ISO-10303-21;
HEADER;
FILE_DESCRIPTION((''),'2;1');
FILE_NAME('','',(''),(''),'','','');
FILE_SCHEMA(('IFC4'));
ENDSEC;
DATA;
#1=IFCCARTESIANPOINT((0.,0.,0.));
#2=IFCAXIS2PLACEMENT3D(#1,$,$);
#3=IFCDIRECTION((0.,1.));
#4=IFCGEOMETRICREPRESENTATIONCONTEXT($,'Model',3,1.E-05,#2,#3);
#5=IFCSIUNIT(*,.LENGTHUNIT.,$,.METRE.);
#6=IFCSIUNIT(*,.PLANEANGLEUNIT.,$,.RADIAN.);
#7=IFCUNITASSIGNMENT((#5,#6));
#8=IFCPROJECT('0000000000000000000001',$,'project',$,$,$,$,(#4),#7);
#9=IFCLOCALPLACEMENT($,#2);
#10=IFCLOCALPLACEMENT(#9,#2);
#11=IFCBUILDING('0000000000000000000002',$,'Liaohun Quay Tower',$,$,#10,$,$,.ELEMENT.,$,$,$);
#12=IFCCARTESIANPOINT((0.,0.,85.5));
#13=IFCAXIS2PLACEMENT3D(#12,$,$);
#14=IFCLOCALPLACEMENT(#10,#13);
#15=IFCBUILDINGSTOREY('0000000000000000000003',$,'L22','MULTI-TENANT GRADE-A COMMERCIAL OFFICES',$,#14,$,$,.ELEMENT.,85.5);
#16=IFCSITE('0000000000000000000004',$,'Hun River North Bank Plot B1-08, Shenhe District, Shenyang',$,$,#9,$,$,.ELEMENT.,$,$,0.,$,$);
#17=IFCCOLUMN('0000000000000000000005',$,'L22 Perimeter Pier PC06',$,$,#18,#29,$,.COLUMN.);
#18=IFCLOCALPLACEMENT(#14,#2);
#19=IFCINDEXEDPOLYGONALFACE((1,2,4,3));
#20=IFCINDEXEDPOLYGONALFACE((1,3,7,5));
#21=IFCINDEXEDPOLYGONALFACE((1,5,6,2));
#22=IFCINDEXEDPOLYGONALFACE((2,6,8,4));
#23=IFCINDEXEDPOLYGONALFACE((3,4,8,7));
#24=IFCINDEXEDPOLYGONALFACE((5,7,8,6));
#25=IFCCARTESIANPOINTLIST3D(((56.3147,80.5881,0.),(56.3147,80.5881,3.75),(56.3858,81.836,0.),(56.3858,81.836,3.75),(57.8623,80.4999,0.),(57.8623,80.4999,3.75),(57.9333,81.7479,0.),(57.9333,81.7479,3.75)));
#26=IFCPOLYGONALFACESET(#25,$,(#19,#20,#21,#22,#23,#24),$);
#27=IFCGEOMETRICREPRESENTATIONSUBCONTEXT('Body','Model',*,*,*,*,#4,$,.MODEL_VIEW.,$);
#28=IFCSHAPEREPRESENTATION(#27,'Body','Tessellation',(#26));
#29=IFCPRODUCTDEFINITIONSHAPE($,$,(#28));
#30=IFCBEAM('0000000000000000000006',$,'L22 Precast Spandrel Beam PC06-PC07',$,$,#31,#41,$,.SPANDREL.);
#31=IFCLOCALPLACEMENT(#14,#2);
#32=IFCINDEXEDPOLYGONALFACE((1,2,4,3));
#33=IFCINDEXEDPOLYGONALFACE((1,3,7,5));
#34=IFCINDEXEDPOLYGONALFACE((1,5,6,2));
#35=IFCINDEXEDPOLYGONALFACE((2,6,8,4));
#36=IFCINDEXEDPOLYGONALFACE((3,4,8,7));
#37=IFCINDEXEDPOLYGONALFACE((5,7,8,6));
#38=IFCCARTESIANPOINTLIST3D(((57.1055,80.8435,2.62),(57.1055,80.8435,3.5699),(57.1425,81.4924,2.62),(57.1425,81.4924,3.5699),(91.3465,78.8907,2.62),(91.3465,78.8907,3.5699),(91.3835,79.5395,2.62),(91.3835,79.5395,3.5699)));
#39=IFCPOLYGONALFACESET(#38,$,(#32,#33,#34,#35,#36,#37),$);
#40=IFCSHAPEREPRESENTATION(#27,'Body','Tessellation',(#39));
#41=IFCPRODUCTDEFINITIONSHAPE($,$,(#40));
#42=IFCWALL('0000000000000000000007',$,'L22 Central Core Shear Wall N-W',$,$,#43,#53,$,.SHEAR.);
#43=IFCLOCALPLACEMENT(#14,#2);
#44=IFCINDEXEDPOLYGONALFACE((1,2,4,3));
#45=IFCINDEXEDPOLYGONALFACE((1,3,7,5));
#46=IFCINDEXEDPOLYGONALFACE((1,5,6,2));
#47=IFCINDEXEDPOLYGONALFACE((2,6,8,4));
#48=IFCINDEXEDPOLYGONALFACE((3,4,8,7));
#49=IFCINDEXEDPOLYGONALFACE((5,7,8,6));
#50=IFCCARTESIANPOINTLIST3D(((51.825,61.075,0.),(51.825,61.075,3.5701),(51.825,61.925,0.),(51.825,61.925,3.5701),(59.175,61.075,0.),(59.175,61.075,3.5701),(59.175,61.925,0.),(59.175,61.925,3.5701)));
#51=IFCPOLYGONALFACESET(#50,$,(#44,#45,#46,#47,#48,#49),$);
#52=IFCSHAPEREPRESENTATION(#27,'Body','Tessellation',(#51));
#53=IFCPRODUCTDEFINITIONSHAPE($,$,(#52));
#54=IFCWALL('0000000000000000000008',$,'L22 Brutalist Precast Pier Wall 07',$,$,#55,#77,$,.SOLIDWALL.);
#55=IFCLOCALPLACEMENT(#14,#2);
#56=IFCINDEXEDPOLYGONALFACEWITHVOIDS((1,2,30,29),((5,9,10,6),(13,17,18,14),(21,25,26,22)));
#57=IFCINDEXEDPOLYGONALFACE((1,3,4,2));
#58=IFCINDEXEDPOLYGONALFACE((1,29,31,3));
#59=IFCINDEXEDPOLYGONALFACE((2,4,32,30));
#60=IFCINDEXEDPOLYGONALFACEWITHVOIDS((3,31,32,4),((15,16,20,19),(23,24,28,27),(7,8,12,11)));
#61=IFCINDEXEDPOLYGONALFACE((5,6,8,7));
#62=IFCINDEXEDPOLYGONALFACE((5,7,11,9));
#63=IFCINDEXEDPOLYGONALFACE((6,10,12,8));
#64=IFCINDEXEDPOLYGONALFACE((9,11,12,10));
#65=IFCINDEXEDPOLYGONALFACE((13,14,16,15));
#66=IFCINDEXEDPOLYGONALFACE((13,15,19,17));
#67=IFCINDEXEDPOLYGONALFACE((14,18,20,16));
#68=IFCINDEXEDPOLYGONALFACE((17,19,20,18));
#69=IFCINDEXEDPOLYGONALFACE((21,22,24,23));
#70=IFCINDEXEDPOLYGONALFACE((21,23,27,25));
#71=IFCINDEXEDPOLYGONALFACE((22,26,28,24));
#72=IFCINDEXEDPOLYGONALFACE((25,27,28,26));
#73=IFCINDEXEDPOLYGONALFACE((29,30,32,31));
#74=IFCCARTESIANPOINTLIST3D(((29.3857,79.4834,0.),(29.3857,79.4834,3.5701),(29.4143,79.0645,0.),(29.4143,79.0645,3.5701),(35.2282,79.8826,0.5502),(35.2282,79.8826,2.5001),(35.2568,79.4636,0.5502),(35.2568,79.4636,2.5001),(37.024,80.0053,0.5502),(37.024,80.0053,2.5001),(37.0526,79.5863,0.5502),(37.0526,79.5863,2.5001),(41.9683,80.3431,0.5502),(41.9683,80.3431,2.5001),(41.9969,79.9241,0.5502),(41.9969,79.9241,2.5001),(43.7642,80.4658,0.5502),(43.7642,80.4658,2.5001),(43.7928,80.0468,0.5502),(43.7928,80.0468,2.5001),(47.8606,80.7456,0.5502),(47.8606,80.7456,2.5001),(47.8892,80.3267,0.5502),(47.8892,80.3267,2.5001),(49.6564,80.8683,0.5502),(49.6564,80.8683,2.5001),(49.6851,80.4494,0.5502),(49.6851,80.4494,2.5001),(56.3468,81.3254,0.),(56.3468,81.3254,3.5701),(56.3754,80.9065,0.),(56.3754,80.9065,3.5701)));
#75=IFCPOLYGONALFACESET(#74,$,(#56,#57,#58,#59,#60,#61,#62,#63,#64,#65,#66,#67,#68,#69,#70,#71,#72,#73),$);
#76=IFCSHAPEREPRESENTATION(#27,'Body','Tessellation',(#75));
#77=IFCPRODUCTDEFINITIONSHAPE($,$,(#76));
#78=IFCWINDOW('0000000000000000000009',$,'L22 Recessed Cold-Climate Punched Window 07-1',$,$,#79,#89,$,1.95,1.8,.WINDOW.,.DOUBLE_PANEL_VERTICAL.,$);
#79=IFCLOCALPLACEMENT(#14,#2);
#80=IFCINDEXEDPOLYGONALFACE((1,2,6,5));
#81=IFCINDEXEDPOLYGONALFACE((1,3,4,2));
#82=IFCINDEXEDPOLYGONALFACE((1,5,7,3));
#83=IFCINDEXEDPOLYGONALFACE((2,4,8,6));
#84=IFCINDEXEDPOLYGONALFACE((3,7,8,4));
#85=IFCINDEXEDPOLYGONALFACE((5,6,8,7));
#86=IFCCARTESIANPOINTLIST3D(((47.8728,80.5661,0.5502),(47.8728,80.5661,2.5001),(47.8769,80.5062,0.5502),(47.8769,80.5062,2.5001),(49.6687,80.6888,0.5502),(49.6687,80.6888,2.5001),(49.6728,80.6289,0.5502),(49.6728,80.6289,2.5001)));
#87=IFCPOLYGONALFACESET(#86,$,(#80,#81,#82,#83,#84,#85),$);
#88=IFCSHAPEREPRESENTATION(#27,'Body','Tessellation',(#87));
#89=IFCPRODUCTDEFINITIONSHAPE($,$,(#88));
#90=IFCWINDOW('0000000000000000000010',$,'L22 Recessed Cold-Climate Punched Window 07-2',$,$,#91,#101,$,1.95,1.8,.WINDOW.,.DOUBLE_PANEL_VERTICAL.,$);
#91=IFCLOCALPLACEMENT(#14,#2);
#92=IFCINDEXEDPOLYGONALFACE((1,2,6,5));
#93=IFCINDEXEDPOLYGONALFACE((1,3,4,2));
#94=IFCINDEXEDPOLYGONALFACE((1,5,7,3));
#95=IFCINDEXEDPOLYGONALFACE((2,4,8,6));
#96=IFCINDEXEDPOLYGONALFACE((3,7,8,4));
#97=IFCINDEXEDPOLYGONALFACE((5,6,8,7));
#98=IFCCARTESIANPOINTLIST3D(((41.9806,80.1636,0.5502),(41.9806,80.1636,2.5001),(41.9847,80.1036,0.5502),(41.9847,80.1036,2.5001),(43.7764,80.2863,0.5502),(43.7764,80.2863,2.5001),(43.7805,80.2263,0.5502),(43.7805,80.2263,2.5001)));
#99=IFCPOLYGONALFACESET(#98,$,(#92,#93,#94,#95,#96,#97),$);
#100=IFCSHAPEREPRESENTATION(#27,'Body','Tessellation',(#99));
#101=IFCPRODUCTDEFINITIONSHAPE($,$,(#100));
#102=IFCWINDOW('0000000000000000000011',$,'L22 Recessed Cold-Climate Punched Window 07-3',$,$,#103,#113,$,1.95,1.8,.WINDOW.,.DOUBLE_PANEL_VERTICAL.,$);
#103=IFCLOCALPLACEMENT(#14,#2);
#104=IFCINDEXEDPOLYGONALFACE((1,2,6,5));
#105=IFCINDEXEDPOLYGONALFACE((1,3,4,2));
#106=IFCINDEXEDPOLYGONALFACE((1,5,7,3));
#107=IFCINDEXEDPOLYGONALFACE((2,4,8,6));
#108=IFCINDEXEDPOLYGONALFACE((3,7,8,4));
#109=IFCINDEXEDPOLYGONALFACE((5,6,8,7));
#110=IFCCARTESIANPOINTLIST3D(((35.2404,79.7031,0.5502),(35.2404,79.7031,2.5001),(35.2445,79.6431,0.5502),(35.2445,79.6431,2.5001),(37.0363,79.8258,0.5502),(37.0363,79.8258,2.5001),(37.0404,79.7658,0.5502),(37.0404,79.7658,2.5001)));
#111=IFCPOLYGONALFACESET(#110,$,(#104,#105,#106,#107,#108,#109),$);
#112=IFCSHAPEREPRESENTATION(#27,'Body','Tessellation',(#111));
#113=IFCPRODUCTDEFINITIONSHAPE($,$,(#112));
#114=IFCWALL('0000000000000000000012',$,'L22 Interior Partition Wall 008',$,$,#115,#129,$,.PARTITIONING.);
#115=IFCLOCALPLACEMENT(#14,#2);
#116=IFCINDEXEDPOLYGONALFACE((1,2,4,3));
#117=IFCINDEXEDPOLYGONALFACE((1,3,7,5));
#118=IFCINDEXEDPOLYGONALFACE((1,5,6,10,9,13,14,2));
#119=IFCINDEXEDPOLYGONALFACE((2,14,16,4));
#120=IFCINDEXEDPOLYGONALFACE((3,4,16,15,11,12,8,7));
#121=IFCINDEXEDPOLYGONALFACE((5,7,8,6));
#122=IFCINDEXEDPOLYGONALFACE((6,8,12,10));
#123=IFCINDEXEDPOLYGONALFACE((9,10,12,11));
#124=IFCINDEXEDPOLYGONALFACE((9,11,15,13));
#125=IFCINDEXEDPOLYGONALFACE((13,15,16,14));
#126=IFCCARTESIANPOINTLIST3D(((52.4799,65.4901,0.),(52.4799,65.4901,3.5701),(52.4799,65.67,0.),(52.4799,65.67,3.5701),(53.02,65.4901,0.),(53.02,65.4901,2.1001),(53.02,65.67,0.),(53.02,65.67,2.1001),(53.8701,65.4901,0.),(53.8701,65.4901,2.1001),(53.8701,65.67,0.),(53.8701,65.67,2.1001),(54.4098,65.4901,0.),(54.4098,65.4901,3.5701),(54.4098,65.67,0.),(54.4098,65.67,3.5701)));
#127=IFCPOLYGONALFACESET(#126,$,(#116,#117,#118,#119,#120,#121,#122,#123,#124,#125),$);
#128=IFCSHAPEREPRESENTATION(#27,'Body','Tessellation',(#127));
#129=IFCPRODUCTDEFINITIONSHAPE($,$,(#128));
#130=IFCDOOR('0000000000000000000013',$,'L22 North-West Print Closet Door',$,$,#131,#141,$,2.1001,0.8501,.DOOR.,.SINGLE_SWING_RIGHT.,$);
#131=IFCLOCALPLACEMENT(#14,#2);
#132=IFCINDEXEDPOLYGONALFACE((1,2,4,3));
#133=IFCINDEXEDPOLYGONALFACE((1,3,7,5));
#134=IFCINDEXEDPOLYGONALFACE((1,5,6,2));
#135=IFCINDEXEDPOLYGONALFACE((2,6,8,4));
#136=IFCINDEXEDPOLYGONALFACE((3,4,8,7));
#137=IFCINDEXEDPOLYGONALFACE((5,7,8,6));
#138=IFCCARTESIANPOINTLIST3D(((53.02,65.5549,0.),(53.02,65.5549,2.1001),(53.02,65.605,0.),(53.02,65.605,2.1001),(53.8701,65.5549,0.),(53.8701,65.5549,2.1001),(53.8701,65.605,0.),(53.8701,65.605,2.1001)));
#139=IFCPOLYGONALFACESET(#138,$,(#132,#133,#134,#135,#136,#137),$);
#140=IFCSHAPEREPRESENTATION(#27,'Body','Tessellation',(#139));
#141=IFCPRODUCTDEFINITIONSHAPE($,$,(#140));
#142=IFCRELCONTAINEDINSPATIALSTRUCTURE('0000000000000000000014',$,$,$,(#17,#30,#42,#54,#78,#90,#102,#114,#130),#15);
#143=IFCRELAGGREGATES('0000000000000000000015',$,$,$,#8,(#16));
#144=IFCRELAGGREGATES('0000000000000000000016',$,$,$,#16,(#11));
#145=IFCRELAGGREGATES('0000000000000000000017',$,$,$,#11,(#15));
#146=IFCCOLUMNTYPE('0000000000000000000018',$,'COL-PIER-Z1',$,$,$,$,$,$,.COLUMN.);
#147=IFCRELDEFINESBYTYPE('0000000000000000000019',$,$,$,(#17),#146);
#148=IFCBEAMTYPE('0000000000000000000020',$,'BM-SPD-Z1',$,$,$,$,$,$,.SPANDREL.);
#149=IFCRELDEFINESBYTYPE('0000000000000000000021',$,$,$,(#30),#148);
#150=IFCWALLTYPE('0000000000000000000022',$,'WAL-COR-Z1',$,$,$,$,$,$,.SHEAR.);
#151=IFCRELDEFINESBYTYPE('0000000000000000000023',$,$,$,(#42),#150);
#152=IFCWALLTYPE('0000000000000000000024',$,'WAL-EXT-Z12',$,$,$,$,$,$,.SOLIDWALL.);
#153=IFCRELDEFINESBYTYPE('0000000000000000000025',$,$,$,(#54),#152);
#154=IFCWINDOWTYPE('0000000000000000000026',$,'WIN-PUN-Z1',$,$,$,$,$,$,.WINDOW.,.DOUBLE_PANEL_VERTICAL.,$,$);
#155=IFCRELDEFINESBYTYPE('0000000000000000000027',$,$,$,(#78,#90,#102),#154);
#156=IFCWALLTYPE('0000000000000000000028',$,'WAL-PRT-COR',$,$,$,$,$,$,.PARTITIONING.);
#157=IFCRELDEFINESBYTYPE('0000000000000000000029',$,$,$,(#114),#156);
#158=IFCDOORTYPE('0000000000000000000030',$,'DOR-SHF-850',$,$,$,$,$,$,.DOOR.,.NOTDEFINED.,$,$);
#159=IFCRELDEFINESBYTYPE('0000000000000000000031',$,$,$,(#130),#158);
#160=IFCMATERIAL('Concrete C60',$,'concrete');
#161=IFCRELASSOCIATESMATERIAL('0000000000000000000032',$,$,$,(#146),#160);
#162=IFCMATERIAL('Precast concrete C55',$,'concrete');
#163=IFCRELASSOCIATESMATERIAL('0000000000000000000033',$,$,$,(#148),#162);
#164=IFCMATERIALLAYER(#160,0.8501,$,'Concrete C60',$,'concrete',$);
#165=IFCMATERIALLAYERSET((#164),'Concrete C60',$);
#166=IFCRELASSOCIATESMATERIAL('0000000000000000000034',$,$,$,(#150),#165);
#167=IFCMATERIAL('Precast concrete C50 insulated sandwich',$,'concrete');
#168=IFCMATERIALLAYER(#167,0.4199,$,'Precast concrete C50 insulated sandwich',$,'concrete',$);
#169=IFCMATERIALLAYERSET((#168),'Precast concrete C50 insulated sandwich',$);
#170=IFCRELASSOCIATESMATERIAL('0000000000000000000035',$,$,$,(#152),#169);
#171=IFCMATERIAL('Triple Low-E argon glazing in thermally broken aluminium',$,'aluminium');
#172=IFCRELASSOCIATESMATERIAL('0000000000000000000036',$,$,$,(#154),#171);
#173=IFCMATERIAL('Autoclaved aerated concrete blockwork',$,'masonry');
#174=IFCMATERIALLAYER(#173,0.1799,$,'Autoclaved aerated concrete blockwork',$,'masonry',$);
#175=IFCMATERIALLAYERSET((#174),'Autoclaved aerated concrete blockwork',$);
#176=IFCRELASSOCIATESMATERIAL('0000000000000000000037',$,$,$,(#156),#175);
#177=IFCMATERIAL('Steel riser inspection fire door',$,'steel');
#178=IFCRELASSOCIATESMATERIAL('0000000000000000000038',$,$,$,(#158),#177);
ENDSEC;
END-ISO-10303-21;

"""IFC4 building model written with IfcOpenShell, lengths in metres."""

from ifc_helpers import new_model, si_unit, direction, frame, frame_2d, origin, origin_2d, place, context, subcontext, project, spatial, rectangle, extrude, source, transform, mapped, material, layer, layer_set, material_profile, profile_set, type_object, element, fill, save


model = new_model("IFC4")

# Units and contexts
model_context = context("Model", 3, precision=1e-05, world=origin(), true_north=direction((0.0, 1.0)))
body_context = subcontext(model_context, "Body", "Model", "MODEL_VIEW")
ifc_project = project(units=[si_unit("LENGTHUNIT", "METRE"), si_unit("PLANEANGLEUNIT", "RADIAN")], contexts=[model_context])

# Site, building, storey
site_placement = place(None, origin())
site = spatial("IfcSite", under=ifc_project, at=site_placement, Name="Hun River North Bank Plot B1-08, Shenhe District, Shenyang", CompositionType="ELEMENT", RefElevation=0.0)
building_placement = place(site_placement, origin())
building = spatial("IfcBuilding", under=site, at=building_placement, Name="Liaohun Quay Tower", CompositionType="ELEMENT")
storey_placement = place(building_placement, frame((0.0, 0.0, 85.5)))
storey = spatial("IfcBuildingStorey", under=building, at=storey_placement, Name="L22", Description="MULTI-TENANT GRADE-A COMMERCIAL OFFICES", CompositionType="ELEMENT", Elevation=85.5)

# Column
ifc_material_1 = material(Name="Concrete C60", Category="concrete")
ifc_material_profile_1 = material_profile(ifc_material_1, rectangle(XDim=1.55, YDim=1.25, at=origin_2d()), Name="RC1550x1250")
ifc_profile_set_1 = profile_set([ifc_material_profile_1], Name="Concrete C60")
column_type = type_object("IfcColumnType", Name="COL-PIER-Z1", PredefinedType="COLUMN", material=ifc_profile_set_1)
shared_shape_1 = source(origin(), body_context, "Body", "SweptSolid", [
    extrude(rectangle(XDim=1.55, YDim=1.25, at=origin_2d()), origin(), (0.0, 0.0, 1.0), 3.75),
])
column_placement = place(storey_placement, frame((57.124, 81.168, 0.0), z_axis=(0.0, 0.0, 1.0), x_axis=(-0.998382, 0.056867, 0.0)))
element("IfcColumn", 1, at=column_placement, inside=storey, type_object=column_type, Name="L22 Perimeter Pier PC06", PredefinedType="COLUMN", context=body_context, shape_type="MappedRepresentation", body=[
    mapped(shared_shape_1, transform((0.0, 0.0, 0.0), x_axis=(1.0, 0.0, 0.0), y_axis=(0.0, 1.0, 0.0), z_axis=(0.0, 0.0, 1.0), scale=1.0)),
])

# Beam
ifc_material_2 = material(Name="Precast concrete C55", Category="concrete")
ifc_material_profile_2 = material_profile(ifc_material_2, rectangle(XDim=0.6499, YDim=0.95, at=origin_2d()), Name="RC650x950")
ifc_profile_set_2 = profile_set([ifc_material_profile_2], Name="Precast concrete C55")
beam_type = type_object("IfcBeamType", Name="BM-SPD-Z1", PredefinedType="SPANDREL", material=ifc_profile_set_2)
shared_shape_2 = source(origin(), body_context, "Body", "SweptSolid", [
    extrude(rectangle(XDim=0.6499, YDim=0.95, at=origin_2d()), origin(), (0.0, 0.0, 1.0), 34.2966),
])
beam_placement = place(storey_placement, frame((57.124, 81.168, 3.095), z_axis=(0.998378, -0.056941, 0.0), x_axis=(0.056941, 0.998378, 0.0)))
element("IfcBeam", 2, at=beam_placement, inside=storey, type_object=beam_type, Name="L22 Precast Spandrel Beam PC06-PC07", PredefinedType="SPANDREL", context=body_context, shape_type="MappedRepresentation", body=[
    mapped(shared_shape_2, transform((0.0, 0.0, 0.0), x_axis=(1.0, 0.0, 0.0), y_axis=(0.0, 1.0, 0.0), z_axis=(0.0, 0.0, 1.0), scale=1.0)),
])

# Wall
ifc_layer_1 = layer(ifc_material_1, 0.8501, Name="Concrete C60", Category="concrete")
ifc_layer_set_1 = layer_set([ifc_layer_1], Name="Concrete C60")
wall_type_1 = type_object("IfcWallType", Name="WAL-COR-Z1", PredefinedType="SHEAR", material=ifc_layer_set_1)
wall_1_placement = place(storey_placement, frame((51.825, 61.5, 0.0), z_axis=(0.0, 0.0, 1.0), x_axis=(1.0, 0.0, 0.0)))
element("IfcWall", 3, at=wall_1_placement, inside=storey, type_object=wall_type_1, Name="L22 Central Core Shear Wall N-W", PredefinedType="SHEAR", context=body_context, shape_type="SweptSolid", body=[
    extrude(rectangle(XDim=7.3501, YDim=0.8501, at=frame_2d((3.675, 0.0))), origin(), (0.0, 0.0, 1.0), 3.5701),
])

# Wall, openings, windows
ifc_material_3 = material(Name="Precast concrete C50 insulated sandwich", Category="concrete")
ifc_layer_2 = layer(ifc_material_3, 0.4199, Name="Precast concrete C50 insulated sandwich", Category="concrete")
ifc_layer_set_2 = layer_set([ifc_layer_2], Name="Precast concrete C50 insulated sandwich")
wall_type_2 = type_object("IfcWallType", Name="WAL-EXT-Z12", PredefinedType="SOLIDWALL", material=ifc_layer_set_2)
wall_2_placement = place(storey_placement, frame((56.3611, 81.116, 0.0), z_axis=(0.0, 0.0, 1.0), x_axis=(-0.997674, -0.068163, 0.0)))
wall_2 = element("IfcWall", 4, at=wall_2_placement, inside=storey, type_object=wall_type_2, Name="L22 Brutalist Precast Pier Wall 07", PredefinedType="SOLIDWALL", context=body_context, shape_type="SweptSolid", body=[
    extrude(rectangle(XDim=27.0239, YDim=0.4199, at=frame_2d((13.512, 0.0))), origin(), (0.0, 0.0, 1.0), 3.5701),
])
shared_shape_3 = source(origin(), body_context, "Body", "SweptSolid", [
    extrude(rectangle(XDim=1.8, YDim=1.95, at=frame_2d((0.8999, 0.9751))), frame((0.0, 0.22, 0.0), z_axis=(0.0, -1.0, 0.0), x_axis=(1.0, 0.0, 0.0)), (0.0, 0.0, 1.0), 0.4399),
])
opening_1_placement = place(wall_2_placement, frame((6.7061, 0.0, 0.55)))
opening_1 = element("IfcOpeningElement", 5, at=opening_1_placement, cuts=wall_2, PredefinedType="OPENING", context=body_context, shape_type="MappedRepresentation", body=[
    mapped(shared_shape_3, transform((0.0, 0.0, 0.0), x_axis=(1.0, 0.0, 0.0), y_axis=(0.0, 1.0, 0.0), z_axis=(0.0, 0.0, 1.0), scale=1.0)),
])
opening_2_placement = place(wall_2_placement, frame((12.6121, 0.0, 0.55)))
opening_2 = element("IfcOpeningElement", 6, at=opening_2_placement, cuts=wall_2, PredefinedType="OPENING", context=body_context, shape_type="MappedRepresentation", body=[
    mapped(shared_shape_3, transform((0.0, 0.0, 0.0), x_axis=(1.0, 0.0, 0.0), y_axis=(0.0, 1.0, 0.0), z_axis=(0.0, 0.0, 1.0), scale=1.0)),
])
opening_3_placement = place(wall_2_placement, frame((19.3679, 0.0, 0.55)))
opening_3 = element("IfcOpeningElement", 7, at=opening_3_placement, cuts=wall_2, PredefinedType="OPENING", context=body_context, shape_type="MappedRepresentation", body=[
    mapped(shared_shape_3, transform((0.0, 0.0, 0.0), x_axis=(1.0, 0.0, 0.0), y_axis=(0.0, 1.0, 0.0), z_axis=(0.0, 0.0, 1.0), scale=1.0)),
])
ifc_material_4 = material(Name="Triple Low-E argon glazing in thermally broken aluminium", Category="aluminium")
window_type = type_object("IfcWindowType", Name="WIN-PUN-Z1", PartitioningType="DOUBLE_PANEL_VERTICAL", PredefinedType="WINDOW", material=ifc_material_4)
shared_shape_4 = source(origin(), body_context, "Body", "SweptSolid", [
    extrude(rectangle(XDim=1.8, YDim=1.95, at=frame_2d((0.8999, 0.9751))), frame((0.0, 0.03, 0.0), z_axis=(0.0, -1.0, 0.0), x_axis=(1.0, 0.0, 0.0)), (0.0, 0.0, 1.0), 0.0601),
])
window_1_placement = place(opening_1_placement, origin())
window_1 = element("IfcWindow", 8, at=window_1_placement, inside=storey, type_object=window_type, Name="L22 Recessed Cold-Climate Punched Window 07-1", OverallHeight=1.95, OverallWidth=1.8, PartitioningType="DOUBLE_PANEL_VERTICAL", PredefinedType="WINDOW", context=body_context, shape_type="MappedRepresentation", body=[
    mapped(shared_shape_4, transform((0.0, 0.0, 0.0), x_axis=(1.0, 0.0, 0.0), y_axis=(0.0, 1.0, 0.0), z_axis=(0.0, 0.0, 1.0), scale=1.0)),
])
fill(opening_1, window_1)
window_2_placement = place(opening_2_placement, origin())
window_2 = element("IfcWindow", 9, at=window_2_placement, inside=storey, type_object=window_type, Name="L22 Recessed Cold-Climate Punched Window 07-2", OverallHeight=1.95, OverallWidth=1.8, PartitioningType="DOUBLE_PANEL_VERTICAL", PredefinedType="WINDOW", context=body_context, shape_type="MappedRepresentation", body=[
    mapped(shared_shape_4, transform((0.0, 0.0, 0.0), x_axis=(1.0, 0.0, 0.0), y_axis=(0.0, 1.0, 0.0), z_axis=(0.0, 0.0, 1.0), scale=1.0)),
])
fill(opening_2, window_2)
window_3_placement = place(opening_3_placement, origin())
window_3 = element("IfcWindow", 10, at=window_3_placement, inside=storey, type_object=window_type, Name="L22 Recessed Cold-Climate Punched Window 07-3", OverallHeight=1.95, OverallWidth=1.8, PartitioningType="DOUBLE_PANEL_VERTICAL", PredefinedType="WINDOW", context=body_context, shape_type="MappedRepresentation", body=[
    mapped(shared_shape_4, transform((0.0, 0.0, 0.0), x_axis=(1.0, 0.0, 0.0), y_axis=(0.0, 1.0, 0.0), z_axis=(0.0, 0.0, 1.0), scale=1.0)),
])
fill(opening_3, window_3)

# Wall, opening, door
ifc_material_5 = material(Name="Autoclaved aerated concrete blockwork", Category="masonry")
ifc_layer_3 = layer(ifc_material_5, 0.1799, Name="Autoclaved aerated concrete blockwork", Category="masonry")
ifc_layer_set_3 = layer_set([ifc_layer_3], Name="Autoclaved aerated concrete blockwork")
wall_type_3 = type_object("IfcWallType", Name="WAL-PRT-COR", PredefinedType="PARTITIONING", material=ifc_layer_set_3)
wall_3_placement = place(storey_placement, frame((52.48, 65.5801, 0.0), z_axis=(0.0, 0.0, 1.0), x_axis=(1.0, 0.0, 0.0)))
wall_3 = element("IfcWall", 11, at=wall_3_placement, inside=storey, type_object=wall_type_3, Name="L22 Interior Partition Wall 008", PredefinedType="PARTITIONING", context=body_context, shape_type="SweptSolid", body=[
    extrude(rectangle(XDim=1.9299, YDim=0.1799, at=frame_2d((0.9648, 0.0))), origin(), (0.0, 0.0, 1.0), 3.5701),
])
shared_shape_5 = source(origin(), body_context, "Body", "SweptSolid", [
    extrude(rectangle(XDim=0.8501, YDim=2.1001, at=frame_2d((0.425, 1.05))), frame((0.0, 0.0999, 0.0), z_axis=(0.0, -1.0, 0.0), x_axis=(1.0, 0.0, 0.0)), (0.0, 0.0, 1.0), 0.2),
])
opening_4_placement = place(wall_3_placement, frame((0.54, 0.0, 0.0)))
opening_4 = element("IfcOpeningElement", 12, at=opening_4_placement, cuts=wall_3, PredefinedType="OPENING", context=body_context, shape_type="MappedRepresentation", body=[
    mapped(shared_shape_5, transform((0.0, 0.0, 0.0), x_axis=(1.0, 0.0, 0.0), y_axis=(0.0, 1.0, 0.0), z_axis=(0.0, 0.0, 1.0), scale=1.0)),
])
ifc_material_6 = material(Name="Steel riser inspection fire door", Category="steel")
door_type_1 = type_object("IfcDoorType", Name="DOR-SHF-850", OperationType="NOTDEFINED", PredefinedType="DOOR", material=ifc_material_6)
shared_shape_6 = source(origin(), body_context, "Body", "SweptSolid", [
    extrude(rectangle(XDim=0.8501, YDim=2.1001, at=frame_2d((0.425, 1.05))), frame((0.0, 0.0249, 0.0), z_axis=(0.0, -1.0, 0.0), x_axis=(1.0, 0.0, 0.0)), (0.0, 0.0, 1.0), 0.05),
])
door_1_placement = place(opening_4_placement, origin())
door_1 = element("IfcDoor", 13, at=door_1_placement, inside=storey, type_object=door_type_1, Name="L22 North-West Print Closet Door", OperationType="SINGLE_SWING_RIGHT", OverallHeight=2.1001, OverallWidth=0.8501, PredefinedType="DOOR", context=body_context, shape_type="MappedRepresentation", body=[
    mapped(shared_shape_6, transform((0.0, 0.0, 0.0), x_axis=(1.0, 0.0, 0.0), y_axis=(0.0, 1.0, 0.0), z_axis=(0.0, 0.0, 1.0), scale=1.0)),
])
fill(opening_4, door_1)

save(model, "model.ifc")
